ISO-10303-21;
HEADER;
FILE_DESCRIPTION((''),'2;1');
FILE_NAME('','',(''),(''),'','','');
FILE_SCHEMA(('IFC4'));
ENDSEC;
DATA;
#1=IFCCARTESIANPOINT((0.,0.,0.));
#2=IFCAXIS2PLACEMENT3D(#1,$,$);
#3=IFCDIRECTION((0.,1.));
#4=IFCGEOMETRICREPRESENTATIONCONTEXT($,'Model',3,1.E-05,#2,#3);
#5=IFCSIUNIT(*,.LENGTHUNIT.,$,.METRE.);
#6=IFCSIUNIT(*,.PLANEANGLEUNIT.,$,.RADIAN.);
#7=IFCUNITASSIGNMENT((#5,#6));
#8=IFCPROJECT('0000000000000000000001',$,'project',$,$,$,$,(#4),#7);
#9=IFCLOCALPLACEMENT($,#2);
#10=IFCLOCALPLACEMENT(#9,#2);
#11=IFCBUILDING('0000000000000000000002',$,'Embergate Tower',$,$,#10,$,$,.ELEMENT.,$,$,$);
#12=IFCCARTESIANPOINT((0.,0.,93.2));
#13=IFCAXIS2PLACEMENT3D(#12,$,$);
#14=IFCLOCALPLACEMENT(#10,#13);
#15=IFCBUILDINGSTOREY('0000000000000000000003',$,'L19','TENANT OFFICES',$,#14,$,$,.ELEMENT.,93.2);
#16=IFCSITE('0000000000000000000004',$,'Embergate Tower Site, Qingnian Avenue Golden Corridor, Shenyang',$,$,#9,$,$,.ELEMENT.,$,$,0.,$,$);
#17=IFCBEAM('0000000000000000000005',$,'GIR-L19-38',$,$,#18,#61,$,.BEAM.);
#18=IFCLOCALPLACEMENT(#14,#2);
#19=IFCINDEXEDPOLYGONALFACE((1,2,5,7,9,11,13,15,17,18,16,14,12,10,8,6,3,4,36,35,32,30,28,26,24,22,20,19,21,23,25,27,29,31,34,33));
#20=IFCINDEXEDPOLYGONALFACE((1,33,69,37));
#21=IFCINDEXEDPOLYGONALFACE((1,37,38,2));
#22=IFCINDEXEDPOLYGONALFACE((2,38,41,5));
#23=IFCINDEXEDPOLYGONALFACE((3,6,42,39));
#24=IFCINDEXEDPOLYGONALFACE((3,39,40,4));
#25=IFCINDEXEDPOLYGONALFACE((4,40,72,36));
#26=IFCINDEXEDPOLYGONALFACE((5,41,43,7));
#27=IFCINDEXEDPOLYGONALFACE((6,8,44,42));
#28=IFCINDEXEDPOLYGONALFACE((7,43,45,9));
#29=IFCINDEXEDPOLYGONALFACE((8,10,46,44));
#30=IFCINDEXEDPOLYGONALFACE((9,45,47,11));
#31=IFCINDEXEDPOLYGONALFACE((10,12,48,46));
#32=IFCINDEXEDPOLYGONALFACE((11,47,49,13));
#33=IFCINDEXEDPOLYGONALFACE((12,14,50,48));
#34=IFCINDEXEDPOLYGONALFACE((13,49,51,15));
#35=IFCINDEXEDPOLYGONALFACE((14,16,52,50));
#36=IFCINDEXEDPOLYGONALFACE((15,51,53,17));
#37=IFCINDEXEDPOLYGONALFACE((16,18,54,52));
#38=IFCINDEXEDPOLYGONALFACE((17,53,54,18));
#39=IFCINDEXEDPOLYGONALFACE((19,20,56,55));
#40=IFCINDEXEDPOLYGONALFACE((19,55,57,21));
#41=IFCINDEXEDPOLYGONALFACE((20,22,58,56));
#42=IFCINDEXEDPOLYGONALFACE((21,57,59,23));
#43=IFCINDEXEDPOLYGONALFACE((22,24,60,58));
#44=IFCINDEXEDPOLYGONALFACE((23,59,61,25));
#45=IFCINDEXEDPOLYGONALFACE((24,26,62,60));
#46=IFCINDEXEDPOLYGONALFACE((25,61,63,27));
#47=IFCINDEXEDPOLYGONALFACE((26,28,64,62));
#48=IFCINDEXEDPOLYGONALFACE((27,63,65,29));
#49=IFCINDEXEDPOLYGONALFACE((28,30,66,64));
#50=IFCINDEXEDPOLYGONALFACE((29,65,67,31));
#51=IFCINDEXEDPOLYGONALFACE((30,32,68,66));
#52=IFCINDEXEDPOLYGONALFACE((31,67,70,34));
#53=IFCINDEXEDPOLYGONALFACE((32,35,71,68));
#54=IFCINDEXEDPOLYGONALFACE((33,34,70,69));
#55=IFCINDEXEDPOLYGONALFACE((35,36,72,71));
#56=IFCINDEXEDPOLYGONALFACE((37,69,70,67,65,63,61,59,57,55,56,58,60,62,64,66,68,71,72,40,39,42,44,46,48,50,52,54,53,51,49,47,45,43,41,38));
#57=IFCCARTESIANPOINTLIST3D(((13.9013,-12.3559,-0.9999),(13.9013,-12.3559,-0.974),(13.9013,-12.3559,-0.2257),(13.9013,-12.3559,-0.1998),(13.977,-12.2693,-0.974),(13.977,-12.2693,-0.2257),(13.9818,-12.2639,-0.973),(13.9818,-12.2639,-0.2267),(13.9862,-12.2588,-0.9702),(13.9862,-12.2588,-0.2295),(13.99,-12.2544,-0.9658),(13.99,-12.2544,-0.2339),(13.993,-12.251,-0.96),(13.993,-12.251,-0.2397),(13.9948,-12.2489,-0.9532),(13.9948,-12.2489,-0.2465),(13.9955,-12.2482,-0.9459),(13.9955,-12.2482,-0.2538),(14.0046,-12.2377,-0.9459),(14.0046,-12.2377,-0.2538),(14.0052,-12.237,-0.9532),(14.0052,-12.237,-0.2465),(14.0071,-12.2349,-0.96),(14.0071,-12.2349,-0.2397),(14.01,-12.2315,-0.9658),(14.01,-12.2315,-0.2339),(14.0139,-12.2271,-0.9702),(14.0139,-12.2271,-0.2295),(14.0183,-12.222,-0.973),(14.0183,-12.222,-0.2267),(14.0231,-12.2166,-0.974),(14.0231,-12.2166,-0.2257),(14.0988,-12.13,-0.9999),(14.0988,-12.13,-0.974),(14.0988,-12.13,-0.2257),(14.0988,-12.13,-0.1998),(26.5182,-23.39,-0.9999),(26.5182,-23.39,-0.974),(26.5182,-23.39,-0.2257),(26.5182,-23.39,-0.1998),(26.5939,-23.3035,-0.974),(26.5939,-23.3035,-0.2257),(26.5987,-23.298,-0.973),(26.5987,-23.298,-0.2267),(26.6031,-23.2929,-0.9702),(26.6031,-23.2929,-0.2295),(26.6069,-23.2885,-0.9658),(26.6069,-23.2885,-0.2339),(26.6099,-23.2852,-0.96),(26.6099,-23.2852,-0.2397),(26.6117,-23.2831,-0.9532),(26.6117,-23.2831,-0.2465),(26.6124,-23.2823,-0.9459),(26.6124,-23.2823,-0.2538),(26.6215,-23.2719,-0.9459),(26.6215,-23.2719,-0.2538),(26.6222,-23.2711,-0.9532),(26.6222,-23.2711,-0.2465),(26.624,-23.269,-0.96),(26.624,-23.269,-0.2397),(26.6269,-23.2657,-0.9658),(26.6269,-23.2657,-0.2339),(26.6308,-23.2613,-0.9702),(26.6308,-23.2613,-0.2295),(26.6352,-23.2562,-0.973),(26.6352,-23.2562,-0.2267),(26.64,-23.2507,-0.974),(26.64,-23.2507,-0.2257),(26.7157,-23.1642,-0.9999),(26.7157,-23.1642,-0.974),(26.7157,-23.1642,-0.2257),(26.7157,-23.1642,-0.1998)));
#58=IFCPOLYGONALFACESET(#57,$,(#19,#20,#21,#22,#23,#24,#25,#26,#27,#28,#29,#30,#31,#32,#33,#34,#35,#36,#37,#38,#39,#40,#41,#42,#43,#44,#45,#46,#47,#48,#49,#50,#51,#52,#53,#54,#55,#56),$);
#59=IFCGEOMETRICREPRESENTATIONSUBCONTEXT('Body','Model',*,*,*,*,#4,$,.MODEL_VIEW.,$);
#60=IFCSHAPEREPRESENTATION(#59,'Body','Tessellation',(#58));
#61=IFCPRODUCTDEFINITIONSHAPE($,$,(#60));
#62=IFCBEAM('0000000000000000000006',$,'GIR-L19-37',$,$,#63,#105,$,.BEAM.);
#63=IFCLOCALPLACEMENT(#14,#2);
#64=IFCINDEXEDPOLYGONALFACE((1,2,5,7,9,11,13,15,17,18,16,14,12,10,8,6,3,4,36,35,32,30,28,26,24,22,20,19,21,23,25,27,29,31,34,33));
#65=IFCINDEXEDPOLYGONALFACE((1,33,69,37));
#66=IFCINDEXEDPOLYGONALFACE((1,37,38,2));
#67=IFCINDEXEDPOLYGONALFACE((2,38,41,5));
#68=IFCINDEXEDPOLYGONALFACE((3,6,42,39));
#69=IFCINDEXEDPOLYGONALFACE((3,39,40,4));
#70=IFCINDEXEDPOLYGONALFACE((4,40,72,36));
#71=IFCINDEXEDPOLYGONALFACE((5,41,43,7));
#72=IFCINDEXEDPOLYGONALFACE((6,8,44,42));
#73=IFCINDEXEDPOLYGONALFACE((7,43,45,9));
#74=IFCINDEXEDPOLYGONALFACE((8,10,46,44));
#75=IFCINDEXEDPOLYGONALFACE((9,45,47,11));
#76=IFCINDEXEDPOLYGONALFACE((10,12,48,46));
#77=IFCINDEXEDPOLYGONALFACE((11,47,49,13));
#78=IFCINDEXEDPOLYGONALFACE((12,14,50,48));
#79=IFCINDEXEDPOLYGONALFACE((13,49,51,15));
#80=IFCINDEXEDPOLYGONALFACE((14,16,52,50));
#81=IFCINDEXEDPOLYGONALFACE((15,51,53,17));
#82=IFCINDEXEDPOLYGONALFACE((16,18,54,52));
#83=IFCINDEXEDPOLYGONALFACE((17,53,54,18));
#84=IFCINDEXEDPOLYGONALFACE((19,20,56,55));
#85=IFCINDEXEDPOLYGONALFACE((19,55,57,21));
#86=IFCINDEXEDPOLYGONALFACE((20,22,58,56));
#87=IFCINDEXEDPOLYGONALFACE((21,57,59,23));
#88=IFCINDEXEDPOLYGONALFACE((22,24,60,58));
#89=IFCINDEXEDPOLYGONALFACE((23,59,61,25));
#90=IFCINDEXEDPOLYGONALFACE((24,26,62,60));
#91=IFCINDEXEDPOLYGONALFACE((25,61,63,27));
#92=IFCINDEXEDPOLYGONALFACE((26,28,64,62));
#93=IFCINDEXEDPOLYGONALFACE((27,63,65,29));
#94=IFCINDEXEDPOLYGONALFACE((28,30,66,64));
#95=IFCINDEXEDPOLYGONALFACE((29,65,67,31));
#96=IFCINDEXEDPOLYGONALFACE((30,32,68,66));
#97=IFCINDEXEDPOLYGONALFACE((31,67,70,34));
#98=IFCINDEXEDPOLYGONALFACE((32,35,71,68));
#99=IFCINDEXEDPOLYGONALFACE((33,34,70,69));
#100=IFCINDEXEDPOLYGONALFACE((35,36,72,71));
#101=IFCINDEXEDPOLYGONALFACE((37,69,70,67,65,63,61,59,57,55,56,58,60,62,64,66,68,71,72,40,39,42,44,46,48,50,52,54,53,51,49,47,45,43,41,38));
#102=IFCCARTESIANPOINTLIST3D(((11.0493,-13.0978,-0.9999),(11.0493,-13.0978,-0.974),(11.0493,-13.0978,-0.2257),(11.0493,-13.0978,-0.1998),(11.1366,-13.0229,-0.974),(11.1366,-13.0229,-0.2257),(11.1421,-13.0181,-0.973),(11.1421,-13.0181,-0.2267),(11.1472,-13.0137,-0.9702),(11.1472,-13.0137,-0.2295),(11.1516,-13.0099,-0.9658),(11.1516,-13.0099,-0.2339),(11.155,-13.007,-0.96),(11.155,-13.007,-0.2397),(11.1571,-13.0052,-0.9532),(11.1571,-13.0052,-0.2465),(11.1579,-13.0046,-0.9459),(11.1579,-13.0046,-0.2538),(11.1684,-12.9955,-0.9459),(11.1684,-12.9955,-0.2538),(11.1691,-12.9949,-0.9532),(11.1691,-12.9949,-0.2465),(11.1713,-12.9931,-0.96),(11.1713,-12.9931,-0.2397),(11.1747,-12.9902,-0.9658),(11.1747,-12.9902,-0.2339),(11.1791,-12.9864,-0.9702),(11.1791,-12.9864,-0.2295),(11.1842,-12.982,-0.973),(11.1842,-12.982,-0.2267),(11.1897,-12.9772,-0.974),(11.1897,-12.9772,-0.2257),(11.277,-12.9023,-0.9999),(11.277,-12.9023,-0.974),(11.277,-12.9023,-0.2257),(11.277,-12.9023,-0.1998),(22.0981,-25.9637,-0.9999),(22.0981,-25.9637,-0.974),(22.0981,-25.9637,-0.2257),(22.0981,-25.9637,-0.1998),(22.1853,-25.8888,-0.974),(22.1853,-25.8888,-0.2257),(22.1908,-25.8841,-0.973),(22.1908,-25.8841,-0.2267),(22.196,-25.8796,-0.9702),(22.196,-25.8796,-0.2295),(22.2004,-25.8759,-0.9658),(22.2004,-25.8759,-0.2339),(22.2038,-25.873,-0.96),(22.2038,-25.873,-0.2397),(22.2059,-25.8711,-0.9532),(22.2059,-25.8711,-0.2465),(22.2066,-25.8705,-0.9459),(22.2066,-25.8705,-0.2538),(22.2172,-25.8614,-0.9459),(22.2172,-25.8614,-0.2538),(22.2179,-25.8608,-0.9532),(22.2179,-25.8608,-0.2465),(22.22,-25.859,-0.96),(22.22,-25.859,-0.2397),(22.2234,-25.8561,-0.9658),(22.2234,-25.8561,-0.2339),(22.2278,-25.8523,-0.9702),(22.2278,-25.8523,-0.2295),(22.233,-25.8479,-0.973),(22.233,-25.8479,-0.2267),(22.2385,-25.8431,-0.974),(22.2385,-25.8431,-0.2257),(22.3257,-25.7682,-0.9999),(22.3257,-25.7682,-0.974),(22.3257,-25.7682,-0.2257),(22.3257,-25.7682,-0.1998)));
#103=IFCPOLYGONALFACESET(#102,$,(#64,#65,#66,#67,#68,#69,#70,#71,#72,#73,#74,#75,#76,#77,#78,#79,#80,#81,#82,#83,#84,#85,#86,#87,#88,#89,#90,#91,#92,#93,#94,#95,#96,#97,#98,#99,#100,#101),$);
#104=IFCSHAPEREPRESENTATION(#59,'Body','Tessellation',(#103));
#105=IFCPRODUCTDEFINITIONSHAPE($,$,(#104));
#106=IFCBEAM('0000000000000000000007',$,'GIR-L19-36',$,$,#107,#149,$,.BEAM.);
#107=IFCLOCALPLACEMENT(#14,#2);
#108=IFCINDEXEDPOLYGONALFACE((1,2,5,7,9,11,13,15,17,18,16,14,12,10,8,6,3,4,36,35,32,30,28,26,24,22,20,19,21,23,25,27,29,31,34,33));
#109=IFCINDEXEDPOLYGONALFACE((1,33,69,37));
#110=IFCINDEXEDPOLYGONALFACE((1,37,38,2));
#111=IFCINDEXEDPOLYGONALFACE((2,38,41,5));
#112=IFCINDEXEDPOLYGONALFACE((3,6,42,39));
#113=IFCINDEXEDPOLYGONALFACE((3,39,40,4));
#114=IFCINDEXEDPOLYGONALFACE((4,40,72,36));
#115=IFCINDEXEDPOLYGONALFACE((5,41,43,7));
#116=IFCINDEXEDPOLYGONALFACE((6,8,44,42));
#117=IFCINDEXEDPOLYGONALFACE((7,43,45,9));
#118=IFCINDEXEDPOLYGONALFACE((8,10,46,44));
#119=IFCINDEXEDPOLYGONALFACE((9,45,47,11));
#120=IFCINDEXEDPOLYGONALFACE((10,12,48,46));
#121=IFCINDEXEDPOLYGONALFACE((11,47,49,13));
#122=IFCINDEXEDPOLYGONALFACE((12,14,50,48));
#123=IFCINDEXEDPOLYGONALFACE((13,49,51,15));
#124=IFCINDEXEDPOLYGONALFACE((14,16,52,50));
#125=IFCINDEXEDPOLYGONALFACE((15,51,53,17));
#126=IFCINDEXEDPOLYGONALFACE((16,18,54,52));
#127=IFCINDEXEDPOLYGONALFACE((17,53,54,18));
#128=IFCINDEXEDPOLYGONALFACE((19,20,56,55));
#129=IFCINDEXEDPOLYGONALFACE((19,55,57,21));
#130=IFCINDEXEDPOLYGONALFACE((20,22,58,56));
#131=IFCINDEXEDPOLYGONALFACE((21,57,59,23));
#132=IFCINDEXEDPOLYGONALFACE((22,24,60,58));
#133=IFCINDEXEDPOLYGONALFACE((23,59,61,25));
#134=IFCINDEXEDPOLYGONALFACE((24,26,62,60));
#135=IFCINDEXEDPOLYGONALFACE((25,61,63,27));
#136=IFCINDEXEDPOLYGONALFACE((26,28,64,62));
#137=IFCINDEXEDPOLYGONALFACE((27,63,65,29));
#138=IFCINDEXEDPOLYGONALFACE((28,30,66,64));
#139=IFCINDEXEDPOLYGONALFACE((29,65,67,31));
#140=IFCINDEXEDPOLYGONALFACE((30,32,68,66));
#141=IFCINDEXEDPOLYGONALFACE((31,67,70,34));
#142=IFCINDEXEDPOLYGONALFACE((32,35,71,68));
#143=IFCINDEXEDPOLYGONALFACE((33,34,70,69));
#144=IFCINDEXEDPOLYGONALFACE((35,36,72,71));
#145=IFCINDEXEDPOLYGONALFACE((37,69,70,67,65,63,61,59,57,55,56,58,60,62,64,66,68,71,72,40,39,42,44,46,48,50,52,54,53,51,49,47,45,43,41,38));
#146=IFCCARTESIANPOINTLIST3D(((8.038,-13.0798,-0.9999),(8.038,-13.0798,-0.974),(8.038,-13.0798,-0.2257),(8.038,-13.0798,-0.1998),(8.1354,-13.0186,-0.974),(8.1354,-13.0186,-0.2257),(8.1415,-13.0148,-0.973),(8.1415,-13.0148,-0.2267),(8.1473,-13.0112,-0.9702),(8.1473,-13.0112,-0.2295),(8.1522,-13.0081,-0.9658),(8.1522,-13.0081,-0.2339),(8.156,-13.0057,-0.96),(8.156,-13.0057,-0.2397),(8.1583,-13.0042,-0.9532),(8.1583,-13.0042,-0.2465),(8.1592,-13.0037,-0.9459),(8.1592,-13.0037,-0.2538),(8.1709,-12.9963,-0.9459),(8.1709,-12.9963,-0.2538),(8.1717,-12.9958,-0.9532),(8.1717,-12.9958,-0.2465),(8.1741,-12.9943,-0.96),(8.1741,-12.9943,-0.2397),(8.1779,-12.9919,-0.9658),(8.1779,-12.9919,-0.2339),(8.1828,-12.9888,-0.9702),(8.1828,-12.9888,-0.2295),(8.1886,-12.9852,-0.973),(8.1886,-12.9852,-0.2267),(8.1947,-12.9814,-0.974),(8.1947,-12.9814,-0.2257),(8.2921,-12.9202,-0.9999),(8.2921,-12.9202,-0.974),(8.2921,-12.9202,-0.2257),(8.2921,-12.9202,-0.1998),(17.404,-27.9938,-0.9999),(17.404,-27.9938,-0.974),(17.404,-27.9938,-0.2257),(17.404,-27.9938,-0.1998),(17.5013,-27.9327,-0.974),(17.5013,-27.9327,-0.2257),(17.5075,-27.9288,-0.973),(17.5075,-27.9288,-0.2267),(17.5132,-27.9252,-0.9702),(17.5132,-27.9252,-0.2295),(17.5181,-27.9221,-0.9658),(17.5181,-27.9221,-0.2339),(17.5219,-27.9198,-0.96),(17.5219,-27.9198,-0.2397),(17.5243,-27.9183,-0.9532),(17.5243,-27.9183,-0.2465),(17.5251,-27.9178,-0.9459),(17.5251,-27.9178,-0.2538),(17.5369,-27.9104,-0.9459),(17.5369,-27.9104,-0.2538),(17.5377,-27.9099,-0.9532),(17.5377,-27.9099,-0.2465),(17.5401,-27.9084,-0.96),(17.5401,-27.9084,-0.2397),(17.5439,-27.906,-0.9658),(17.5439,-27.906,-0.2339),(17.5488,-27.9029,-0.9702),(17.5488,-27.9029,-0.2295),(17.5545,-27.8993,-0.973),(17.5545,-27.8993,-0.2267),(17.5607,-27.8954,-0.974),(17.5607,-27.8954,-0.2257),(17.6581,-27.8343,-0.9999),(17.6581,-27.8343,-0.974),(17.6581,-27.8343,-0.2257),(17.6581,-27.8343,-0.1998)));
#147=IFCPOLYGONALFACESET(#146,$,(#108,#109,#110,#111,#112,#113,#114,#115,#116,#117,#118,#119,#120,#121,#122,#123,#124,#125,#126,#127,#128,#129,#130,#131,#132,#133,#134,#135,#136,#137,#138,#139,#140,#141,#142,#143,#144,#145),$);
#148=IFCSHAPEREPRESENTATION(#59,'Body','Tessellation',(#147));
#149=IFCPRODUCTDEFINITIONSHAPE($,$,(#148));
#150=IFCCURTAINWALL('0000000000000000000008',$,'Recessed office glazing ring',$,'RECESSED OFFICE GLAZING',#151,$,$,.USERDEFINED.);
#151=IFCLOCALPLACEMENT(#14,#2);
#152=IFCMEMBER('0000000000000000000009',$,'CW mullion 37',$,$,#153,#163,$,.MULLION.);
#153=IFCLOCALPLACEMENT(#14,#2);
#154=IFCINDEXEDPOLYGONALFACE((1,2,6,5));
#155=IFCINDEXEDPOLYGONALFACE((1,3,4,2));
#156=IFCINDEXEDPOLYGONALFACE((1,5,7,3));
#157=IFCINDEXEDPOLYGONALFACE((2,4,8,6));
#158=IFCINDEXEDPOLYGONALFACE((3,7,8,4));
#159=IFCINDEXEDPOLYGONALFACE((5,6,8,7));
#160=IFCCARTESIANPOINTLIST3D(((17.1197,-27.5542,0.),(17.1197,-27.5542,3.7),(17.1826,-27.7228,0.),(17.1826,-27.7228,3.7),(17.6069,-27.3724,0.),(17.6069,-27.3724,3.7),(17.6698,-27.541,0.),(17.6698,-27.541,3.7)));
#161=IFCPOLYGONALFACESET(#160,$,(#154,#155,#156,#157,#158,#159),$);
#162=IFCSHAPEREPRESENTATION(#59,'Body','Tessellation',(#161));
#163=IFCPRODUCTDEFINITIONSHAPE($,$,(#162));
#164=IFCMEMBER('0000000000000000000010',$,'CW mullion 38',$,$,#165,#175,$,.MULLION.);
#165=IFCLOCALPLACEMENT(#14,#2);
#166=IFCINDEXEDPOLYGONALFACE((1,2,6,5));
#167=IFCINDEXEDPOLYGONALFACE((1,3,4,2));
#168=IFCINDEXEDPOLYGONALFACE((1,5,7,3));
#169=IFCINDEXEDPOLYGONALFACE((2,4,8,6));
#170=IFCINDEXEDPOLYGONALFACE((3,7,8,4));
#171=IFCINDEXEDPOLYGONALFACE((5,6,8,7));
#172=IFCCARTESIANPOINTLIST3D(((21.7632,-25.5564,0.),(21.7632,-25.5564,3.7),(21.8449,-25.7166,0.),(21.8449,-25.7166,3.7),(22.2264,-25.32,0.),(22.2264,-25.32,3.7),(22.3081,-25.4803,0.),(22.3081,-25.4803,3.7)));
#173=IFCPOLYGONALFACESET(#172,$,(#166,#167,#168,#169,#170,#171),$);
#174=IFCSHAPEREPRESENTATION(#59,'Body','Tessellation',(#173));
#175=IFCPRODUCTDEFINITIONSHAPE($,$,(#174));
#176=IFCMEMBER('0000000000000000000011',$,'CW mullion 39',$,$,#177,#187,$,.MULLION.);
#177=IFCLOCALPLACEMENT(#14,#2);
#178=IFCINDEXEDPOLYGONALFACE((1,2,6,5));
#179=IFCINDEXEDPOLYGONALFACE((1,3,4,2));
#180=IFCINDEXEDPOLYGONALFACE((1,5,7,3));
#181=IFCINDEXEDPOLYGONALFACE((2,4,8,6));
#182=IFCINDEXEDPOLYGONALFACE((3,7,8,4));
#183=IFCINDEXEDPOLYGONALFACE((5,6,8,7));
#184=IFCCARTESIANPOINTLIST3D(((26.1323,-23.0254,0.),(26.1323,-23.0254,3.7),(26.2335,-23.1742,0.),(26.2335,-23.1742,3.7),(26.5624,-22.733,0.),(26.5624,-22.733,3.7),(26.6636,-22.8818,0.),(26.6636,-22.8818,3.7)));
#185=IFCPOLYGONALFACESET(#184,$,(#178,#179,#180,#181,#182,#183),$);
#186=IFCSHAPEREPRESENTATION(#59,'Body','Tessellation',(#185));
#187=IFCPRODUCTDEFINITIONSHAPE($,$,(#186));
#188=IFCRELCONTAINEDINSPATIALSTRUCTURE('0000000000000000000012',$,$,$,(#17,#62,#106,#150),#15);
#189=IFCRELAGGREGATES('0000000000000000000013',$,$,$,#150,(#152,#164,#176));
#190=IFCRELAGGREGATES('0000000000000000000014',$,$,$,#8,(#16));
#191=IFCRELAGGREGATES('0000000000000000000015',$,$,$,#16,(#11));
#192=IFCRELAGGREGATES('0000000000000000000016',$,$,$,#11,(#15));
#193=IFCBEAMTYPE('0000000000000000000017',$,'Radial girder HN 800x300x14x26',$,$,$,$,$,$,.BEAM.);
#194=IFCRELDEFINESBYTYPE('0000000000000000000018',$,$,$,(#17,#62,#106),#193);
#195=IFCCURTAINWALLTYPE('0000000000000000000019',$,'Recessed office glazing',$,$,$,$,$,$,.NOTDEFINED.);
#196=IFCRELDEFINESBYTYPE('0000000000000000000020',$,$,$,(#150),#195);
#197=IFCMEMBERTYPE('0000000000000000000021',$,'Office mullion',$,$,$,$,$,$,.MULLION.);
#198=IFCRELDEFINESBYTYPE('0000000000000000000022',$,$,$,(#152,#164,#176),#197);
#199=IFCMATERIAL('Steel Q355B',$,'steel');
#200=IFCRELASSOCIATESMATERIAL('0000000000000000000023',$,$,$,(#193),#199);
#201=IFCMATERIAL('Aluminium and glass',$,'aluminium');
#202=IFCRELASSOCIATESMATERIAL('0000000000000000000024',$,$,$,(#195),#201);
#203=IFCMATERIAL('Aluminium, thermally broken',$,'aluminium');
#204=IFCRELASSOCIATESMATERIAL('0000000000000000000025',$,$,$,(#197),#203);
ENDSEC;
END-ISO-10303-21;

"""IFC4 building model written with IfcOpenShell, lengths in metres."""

from ifc_helpers import new_model, si_unit, direction, frame, origin, origin_2d, place, context, subcontext, project, spatial, rectangle, i_section, extrude, source, transform, mapped, material, material_profile, profile_set, type_object, element, aggregate, save


model = new_model("IFC4")

# Units and contexts
model_context = context("Model", 3, precision=1e-05, world=origin(), true_north=direction((0.0, 1.0)))
body_context = subcontext(model_context, "Body", "Model", "MODEL_VIEW")
ifc_project = project(units=[si_unit("LENGTHUNIT", "METRE"), si_unit("PLANEANGLEUNIT", "RADIAN")], contexts=[model_context])

# Site, building, storey
site_placement = place(None, origin())
site = spatial("IfcSite", under=ifc_project, at=site_placement, Name="Embergate Tower Site, Qingnian Avenue Golden Corridor, Shenyang", CompositionType="ELEMENT", RefElevation=0.0)
building_placement = place(site_placement, origin())
building = spatial("IfcBuilding", under=site, at=building_placement, Name="Embergate Tower", CompositionType="ELEMENT")
storey_placement = place(building_placement, frame((0.0, 0.0, 93.2)))
storey = spatial("IfcBuildingStorey", under=building, at=storey_placement, Name="L19", Description="TENANT OFFICES", CompositionType="ELEMENT", Elevation=93.2)

# Beams
ifc_material_1 = material(Name="Steel Q355B", Category="steel")
ifc_material_profile_1 = material_profile(ifc_material_1, i_section(OverallWidth=0.3, OverallDepth=0.8, WebThickness=0.0139, FlangeThickness=0.0259, FilletRadius=0.0281, at=origin_2d()), Name="HN 800x300x14x26")
ifc_profile_set_1 = profile_set([ifc_material_profile_1], Name="Steel Q355 grade B")
beam_type_1 = type_object("IfcBeamType", Name="Radial girder HN 800x300x14x26", PredefinedType="BEAM", material=ifc_profile_set_1)
shared_shape_1 = source(origin(), body_context, "Body", "SweptSolid", [
    extrude(i_section(OverallWidth=0.3, OverallDepth=0.8, WebThickness=0.0139, FlangeThickness=0.0259, FilletRadius=0.0281, at=origin_2d()), origin(), (0.0, 0.0, 1.0), 16.7612),
])
beam_1_placement = place(storey_placement, frame((26.6169, -23.2771, -0.5999), z_axis=(-0.752744, 0.658314, 0.0), x_axis=(-0.658314, -0.752744, 0.0)))
element("IfcBeam", 1, at=beam_1_placement, inside=storey, type_object=beam_type_1, Name="GIR-L19-38", PredefinedType="BEAM", context=body_context, shape_type="MappedRepresentation", body=[
    mapped(shared_shape_1, transform((0.0, 0.0, 0.0))),
])
shared_shape_2 = source(origin(), body_context, "Body", "SweptSolid", [
    extrude(i_section(OverallWidth=0.3, OverallDepth=0.8, WebThickness=0.0139, FlangeThickness=0.0259, FilletRadius=0.0281, at=origin_2d()), origin(), (0.0, 0.0, 1.0), 16.959),
])
beam_2_placement = place(storey_placement, frame((22.2119, -25.866, -0.5999), z_axis=(-0.6515, 0.758649, 0.0), x_axis=(-0.758649, -0.6515, 0.0)))
element("IfcBeam", 2, at=beam_2_placement, inside=storey, type_object=beam_type_1, Name="GIR-L19-37", PredefinedType="BEAM", context=body_context, shape_type="MappedRepresentation", body=[
    mapped(shared_shape_2, transform((0.0, 0.0, 0.0))),
])
shared_shape_3 = source(origin(), body_context, "Body", "SweptSolid", [
    extrude(i_section(OverallWidth=0.3, OverallDepth=0.8, WebThickness=0.0139, FlangeThickness=0.0259, FilletRadius=0.0281, at=origin_2d()), origin(), (0.0, 0.0, 1.0), 17.6111),
])
beam_3_placement = place(storey_placement, frame((17.531, -27.9141, -0.5999), z_axis=(-0.531822, 0.846856, 0.0), x_axis=(-0.846856, -0.531822, 0.0)))
element("IfcBeam", 3, at=beam_3_placement, inside=storey, type_object=beam_type_1, Name="GIR-L19-36", PredefinedType="BEAM", context=body_context, shape_type="MappedRepresentation", body=[
    mapped(shared_shape_3, transform((0.0, 0.0, 0.0))),
])

# Curtain wall, members
ifc_material_2 = material(Name="Aluminium and glass", Category="aluminium")
curtain_wall_type = type_object("IfcCurtainWallType", Name="Recessed office glazing", PredefinedType="NOTDEFINED", material=ifc_material_2)
curtain_wall_placement = place(storey_placement, origin())
curtain_wall = element("IfcCurtainWall", 4, at=curtain_wall_placement, inside=storey, type_object=curtain_wall_type, Name="Recessed office glazing ring", ObjectType="RECESSED OFFICE GLAZING", PredefinedType="USERDEFINED")
ifc_material_3 = material(Name="Aluminium, thermally broken", Category="aluminium")
ifc_material_profile_2 = material_profile(ifc_material_3, rectangle(XDim=0.1799, YDim=0.52, at=origin_2d()), Name="AL 520x180")
ifc_profile_set_2 = profile_set([ifc_material_profile_2], Name="Aluminium, thermally broken")
member_type_1 = type_object("IfcMemberType", Name="Office mullion", PredefinedType="MULLION", material=ifc_profile_set_2)
shared_shape_4 = source(origin(), body_context, "Body", "SweptSolid", [
    extrude(rectangle(XDim=0.1799, YDim=0.52, at=origin_2d()), origin(), (0.0, 0.0, 1.0), 3.7),
])
member_1_placement = place(storey_placement, frame((17.3948, -27.5476, 0.0), z_axis=(0.0, 0.0, 1.0), x_axis=(-0.349504, 0.936935, 0.0)))
member_1 = element("IfcMember", 5, at=member_1_placement, type_object=member_type_1, Name="CW mullion 37", PredefinedType="MULLION", context=body_context, shape_type="MappedRepresentation", body=[
    mapped(shared_shape_4, transform((0.0, 0.0, 0.0))),
])
member_2_placement = place(storey_placement, frame((22.0356, -25.5183, 0.0), z_axis=(0.0, 0.0, 1.0), x_axis=(-0.454514, 0.890739, 0.0)))
member_2 = element("IfcMember", 6, at=member_2_placement, type_object=member_type_1, Name="CW mullion 38", PredefinedType="MULLION", context=body_context, shape_type="MappedRepresentation", body=[
    mapped(shared_shape_4, transform((0.0, 0.0, 0.0))),
])
member_3_placement = place(storey_placement, frame((26.3979, -22.9536, 0.0), z_axis=(0.0, 0.0, 1.0), x_axis=(-0.562221, 0.826987, 0.0)))
member_3 = element("IfcMember", 7, at=member_3_placement, type_object=member_type_1, Name="CW mullion 39", PredefinedType="MULLION", context=body_context, shape_type="MappedRepresentation", body=[
    mapped(shared_shape_4, transform((0.0, 0.0, 0.0))),
])
aggregate(curtain_wall, [member_1, member_2, member_3])

save(model, "model.ifc")
